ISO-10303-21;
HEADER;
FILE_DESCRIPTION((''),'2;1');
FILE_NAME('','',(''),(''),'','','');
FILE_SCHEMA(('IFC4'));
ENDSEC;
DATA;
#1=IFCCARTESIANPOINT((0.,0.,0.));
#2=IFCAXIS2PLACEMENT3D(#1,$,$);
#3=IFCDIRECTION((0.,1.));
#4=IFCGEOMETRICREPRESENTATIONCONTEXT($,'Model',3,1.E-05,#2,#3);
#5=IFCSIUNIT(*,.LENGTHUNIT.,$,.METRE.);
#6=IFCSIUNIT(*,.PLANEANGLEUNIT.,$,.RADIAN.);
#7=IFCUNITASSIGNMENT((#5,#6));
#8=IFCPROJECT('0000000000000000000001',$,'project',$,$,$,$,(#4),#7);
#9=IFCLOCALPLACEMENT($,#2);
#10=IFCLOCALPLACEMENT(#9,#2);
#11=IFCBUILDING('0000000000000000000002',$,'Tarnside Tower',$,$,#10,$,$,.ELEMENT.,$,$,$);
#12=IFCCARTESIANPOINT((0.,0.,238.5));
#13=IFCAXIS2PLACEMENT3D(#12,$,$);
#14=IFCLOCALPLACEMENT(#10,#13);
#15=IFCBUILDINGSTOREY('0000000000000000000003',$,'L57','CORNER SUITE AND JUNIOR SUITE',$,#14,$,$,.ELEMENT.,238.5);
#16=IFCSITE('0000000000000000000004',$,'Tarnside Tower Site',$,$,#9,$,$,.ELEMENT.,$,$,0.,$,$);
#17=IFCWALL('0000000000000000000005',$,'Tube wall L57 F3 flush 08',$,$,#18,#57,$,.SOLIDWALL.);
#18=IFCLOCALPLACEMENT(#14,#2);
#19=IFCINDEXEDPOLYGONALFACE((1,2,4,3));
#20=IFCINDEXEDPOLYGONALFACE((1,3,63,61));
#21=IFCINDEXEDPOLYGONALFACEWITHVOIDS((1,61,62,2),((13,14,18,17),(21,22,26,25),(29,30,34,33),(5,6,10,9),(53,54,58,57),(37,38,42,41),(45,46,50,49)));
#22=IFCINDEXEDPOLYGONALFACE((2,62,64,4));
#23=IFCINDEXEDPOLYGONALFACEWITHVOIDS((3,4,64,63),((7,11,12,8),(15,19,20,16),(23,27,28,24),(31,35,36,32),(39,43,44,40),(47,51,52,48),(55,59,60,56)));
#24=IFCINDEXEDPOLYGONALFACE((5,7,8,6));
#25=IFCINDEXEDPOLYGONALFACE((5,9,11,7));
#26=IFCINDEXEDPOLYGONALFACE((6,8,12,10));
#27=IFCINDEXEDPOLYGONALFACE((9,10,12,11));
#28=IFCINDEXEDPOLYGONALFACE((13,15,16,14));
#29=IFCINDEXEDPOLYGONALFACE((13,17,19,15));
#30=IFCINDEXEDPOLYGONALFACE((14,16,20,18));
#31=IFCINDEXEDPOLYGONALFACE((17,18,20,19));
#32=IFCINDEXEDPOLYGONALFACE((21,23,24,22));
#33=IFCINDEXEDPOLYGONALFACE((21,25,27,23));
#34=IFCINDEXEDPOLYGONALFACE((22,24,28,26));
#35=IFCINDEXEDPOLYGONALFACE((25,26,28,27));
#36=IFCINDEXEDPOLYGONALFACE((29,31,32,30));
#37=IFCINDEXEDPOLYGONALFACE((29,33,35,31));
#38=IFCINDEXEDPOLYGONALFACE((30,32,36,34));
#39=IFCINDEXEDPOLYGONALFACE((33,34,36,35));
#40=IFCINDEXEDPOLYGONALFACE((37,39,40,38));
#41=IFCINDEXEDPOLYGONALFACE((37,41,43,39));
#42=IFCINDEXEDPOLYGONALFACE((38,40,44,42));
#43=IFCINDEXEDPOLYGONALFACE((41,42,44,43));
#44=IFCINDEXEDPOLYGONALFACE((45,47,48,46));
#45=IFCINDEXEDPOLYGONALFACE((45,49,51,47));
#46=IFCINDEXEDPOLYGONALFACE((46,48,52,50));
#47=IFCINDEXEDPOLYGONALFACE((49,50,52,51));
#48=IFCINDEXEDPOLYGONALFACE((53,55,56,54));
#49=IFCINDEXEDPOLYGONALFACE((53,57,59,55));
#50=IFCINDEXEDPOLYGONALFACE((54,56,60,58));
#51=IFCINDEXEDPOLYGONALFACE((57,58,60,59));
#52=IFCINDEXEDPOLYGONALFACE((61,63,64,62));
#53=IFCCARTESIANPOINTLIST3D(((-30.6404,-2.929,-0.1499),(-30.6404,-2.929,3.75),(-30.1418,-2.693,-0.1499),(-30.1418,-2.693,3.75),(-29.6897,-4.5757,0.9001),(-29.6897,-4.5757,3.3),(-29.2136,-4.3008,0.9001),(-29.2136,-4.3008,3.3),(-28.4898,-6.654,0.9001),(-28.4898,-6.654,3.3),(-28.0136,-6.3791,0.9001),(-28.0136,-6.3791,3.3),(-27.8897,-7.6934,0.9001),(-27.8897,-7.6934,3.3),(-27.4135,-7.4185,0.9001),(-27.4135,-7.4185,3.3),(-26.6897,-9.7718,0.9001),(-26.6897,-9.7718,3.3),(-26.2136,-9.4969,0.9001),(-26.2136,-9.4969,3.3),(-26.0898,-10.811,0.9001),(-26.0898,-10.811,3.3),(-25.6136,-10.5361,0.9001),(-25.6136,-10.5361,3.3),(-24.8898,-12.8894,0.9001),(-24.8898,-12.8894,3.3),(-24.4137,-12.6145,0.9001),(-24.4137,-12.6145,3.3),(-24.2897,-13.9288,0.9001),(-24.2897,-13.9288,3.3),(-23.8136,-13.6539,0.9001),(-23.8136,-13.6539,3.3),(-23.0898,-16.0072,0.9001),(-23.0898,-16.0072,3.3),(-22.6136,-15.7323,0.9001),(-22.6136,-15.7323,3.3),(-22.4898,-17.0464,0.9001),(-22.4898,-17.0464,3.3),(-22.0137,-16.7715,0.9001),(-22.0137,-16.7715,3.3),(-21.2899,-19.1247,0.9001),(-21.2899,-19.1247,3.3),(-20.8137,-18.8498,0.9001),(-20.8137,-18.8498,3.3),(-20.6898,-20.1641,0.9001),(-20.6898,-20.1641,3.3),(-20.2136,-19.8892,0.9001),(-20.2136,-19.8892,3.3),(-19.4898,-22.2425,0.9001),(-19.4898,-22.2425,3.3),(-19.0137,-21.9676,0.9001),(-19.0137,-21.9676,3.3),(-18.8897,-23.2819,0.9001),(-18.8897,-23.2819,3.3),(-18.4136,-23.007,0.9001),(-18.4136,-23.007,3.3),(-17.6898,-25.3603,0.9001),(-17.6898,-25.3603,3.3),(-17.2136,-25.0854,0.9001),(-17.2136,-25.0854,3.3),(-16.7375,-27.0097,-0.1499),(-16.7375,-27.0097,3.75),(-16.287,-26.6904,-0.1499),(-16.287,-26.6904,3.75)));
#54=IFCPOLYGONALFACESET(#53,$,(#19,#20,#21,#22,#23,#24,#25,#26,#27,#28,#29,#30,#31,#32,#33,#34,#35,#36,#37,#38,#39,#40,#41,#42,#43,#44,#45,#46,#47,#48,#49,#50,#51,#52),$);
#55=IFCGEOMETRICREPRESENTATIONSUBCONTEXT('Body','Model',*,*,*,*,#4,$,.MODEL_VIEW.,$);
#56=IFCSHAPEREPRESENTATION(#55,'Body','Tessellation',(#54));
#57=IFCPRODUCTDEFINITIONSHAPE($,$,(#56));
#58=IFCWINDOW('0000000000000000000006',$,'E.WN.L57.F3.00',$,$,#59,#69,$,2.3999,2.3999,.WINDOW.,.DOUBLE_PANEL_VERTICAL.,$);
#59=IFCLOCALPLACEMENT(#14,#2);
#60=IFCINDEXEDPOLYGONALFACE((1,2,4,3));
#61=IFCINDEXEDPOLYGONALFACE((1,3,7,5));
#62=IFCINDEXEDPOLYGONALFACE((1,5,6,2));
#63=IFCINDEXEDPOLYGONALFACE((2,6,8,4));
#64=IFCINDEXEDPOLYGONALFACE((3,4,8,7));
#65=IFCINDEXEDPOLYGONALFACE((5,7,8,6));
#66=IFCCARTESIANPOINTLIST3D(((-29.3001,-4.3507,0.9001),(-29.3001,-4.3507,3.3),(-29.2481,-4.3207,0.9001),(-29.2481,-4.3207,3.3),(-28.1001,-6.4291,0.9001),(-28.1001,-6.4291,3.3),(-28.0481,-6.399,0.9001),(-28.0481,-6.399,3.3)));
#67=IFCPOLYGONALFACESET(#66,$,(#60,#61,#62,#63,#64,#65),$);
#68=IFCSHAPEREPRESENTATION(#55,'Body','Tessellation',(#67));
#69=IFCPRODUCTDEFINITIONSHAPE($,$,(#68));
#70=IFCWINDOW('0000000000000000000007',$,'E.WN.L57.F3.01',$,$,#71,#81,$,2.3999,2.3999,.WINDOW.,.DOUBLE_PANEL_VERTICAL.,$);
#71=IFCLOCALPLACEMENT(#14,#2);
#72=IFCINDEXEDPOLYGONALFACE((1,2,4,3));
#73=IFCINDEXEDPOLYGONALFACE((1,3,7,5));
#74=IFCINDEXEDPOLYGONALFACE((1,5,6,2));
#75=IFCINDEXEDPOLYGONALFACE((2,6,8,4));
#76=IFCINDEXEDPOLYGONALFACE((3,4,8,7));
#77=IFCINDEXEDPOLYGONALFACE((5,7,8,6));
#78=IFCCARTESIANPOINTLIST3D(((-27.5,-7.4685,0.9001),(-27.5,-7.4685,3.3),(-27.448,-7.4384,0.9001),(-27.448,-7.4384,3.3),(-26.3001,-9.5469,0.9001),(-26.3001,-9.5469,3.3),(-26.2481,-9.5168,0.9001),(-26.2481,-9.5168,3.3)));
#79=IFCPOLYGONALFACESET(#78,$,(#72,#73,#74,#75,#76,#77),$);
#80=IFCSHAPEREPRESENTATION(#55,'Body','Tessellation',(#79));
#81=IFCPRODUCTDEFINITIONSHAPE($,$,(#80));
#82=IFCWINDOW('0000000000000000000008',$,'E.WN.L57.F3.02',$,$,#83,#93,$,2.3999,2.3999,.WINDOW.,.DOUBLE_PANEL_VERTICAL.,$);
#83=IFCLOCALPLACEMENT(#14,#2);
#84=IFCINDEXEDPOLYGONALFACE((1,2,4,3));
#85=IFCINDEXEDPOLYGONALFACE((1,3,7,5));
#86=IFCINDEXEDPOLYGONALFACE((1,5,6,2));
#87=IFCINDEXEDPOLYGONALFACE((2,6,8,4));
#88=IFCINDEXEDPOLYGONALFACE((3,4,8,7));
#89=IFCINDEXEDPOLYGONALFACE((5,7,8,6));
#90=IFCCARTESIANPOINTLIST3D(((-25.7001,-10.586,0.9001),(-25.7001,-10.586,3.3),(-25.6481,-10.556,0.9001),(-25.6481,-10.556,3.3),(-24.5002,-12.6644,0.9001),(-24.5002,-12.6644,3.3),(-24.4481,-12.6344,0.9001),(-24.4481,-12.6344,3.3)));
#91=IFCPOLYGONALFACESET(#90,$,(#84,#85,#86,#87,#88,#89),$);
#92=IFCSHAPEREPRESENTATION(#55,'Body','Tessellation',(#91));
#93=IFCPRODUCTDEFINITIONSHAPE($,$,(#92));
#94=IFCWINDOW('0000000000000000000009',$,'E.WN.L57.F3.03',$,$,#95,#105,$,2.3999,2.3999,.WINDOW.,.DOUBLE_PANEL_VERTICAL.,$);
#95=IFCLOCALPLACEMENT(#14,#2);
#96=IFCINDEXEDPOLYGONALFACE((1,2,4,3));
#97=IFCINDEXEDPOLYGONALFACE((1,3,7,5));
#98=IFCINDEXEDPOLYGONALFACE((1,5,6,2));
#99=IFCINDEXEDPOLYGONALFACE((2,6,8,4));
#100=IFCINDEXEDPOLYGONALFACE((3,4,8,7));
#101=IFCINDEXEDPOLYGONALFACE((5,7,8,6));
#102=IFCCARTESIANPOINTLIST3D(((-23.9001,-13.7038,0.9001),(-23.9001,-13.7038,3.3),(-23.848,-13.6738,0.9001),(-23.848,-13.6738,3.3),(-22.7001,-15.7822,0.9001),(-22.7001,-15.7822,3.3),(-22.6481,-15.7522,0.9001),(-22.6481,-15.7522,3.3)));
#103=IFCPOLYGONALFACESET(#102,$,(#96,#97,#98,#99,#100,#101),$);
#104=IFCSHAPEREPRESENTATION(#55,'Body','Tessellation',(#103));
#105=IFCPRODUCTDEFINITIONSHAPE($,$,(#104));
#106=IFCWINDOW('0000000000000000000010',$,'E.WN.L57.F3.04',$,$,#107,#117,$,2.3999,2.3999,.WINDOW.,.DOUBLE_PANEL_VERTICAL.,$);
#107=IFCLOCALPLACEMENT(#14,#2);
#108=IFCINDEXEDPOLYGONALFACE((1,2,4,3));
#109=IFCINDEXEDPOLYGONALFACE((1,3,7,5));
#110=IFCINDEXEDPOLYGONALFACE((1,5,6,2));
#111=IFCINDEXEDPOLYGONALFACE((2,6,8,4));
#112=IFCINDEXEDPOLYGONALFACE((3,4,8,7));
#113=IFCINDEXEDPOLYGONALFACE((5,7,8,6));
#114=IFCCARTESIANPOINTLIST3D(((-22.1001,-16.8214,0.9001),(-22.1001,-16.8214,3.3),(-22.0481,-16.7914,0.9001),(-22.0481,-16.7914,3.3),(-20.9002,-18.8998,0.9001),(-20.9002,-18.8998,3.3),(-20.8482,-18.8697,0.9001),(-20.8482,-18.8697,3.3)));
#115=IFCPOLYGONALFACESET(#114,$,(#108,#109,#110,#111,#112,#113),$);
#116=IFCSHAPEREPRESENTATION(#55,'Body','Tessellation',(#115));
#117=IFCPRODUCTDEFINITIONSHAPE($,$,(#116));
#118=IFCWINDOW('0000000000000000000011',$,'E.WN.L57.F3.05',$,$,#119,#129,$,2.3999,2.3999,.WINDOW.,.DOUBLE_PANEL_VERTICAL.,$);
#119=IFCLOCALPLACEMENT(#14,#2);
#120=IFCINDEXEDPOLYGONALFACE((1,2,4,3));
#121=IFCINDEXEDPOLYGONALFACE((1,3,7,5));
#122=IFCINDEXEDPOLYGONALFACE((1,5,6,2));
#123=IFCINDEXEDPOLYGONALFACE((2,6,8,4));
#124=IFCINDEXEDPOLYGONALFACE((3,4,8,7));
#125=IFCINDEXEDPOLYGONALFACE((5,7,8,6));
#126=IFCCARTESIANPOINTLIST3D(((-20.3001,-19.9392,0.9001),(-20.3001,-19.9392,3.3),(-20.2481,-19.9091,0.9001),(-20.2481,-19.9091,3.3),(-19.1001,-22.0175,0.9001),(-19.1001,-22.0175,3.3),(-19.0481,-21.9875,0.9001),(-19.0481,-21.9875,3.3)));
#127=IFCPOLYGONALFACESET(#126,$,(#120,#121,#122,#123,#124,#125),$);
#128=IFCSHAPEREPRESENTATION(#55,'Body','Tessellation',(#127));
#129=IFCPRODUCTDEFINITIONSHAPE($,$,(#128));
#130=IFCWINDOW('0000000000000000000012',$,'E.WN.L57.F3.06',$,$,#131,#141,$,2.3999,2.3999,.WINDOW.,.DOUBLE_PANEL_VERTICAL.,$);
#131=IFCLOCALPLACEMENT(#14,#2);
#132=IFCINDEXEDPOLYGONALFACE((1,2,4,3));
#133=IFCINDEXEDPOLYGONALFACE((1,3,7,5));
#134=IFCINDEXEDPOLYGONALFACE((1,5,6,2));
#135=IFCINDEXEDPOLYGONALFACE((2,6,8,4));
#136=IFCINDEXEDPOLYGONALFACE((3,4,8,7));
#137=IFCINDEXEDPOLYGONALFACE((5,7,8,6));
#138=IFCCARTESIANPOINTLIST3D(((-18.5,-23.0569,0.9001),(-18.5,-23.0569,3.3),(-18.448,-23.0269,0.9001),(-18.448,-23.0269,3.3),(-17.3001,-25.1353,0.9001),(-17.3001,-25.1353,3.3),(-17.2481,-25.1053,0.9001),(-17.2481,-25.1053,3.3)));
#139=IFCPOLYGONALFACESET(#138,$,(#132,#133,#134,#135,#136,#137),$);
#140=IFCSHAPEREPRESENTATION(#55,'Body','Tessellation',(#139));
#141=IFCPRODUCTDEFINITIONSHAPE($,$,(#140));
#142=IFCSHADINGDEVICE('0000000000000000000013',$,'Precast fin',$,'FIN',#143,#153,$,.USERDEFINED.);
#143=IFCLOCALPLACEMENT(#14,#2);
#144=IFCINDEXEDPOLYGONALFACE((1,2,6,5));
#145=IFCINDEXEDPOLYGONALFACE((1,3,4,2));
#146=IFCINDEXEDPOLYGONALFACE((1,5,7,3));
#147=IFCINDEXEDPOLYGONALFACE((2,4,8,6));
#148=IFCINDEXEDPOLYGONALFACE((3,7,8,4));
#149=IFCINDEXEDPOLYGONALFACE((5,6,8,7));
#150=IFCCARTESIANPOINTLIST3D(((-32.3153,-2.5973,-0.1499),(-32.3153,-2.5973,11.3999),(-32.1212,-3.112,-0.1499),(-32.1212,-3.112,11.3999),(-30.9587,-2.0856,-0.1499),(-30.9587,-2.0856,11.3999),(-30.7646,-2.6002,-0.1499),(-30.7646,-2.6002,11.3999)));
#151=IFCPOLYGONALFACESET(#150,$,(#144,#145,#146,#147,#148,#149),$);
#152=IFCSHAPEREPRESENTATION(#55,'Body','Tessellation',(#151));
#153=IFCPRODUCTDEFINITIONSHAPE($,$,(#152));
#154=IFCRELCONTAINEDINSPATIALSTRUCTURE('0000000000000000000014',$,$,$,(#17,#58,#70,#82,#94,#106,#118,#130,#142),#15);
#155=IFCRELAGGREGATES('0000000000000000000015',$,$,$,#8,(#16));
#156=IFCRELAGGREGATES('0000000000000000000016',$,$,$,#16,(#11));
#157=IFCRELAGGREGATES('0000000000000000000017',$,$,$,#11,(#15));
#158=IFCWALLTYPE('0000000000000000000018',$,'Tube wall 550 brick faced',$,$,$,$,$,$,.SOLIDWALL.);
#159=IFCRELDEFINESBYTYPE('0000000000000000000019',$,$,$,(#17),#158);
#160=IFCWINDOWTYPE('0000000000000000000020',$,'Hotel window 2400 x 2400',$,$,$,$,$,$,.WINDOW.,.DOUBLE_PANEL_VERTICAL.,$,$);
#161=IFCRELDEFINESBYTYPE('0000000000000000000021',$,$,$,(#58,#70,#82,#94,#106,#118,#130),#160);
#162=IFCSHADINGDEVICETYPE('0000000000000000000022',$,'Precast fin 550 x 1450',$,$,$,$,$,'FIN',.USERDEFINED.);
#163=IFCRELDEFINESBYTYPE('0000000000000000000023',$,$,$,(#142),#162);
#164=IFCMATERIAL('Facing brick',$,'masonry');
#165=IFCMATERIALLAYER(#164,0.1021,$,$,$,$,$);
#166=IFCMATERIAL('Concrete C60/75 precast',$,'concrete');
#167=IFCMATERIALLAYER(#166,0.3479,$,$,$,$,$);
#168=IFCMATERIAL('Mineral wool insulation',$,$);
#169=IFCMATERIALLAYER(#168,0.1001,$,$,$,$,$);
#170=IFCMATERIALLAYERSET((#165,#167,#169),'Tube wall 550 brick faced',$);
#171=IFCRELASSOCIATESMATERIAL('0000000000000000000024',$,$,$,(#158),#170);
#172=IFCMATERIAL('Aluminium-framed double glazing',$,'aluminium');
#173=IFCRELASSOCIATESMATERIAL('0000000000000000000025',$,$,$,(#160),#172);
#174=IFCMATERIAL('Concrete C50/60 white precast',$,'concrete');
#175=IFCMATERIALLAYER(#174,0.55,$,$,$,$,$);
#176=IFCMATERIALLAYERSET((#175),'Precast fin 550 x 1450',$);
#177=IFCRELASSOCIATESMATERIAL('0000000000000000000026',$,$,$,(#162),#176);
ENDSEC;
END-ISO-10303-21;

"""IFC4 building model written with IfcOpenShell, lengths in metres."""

from ifc_helpers import new_model, si_unit, direction, frame, frame_2d, origin, place, context, subcontext, project, spatial, polyline, rectangle, outline, extrude, material, layer, layer_set, type_object, element, fill, save


model = new_model("IFC4")

# Units and contexts
model_context = context("Model", 3, precision=1e-05, world=origin(), true_north=direction((0.0, 1.0)))
body_context = subcontext(model_context, "Body", "Model", "MODEL_VIEW")
ifc_project = project(units=[si_unit("LENGTHUNIT", "METRE"), si_unit("PLANEANGLEUNIT", "RADIAN")], contexts=[model_context])

# Site, building, storey
site_placement = place(None, origin())
site = spatial("IfcSite", under=ifc_project, at=site_placement, Name="Tarnside Tower Site", CompositionType="ELEMENT", RefElevation=0.0)
building_placement = place(site_placement, origin())
building = spatial("IfcBuilding", under=site, at=building_placement, Name="Tarnside Tower", CompositionType="ELEMENT")
storey_placement = place(building_placement, frame((0.0, 0.0, 238.5)))
storey = spatial("IfcBuildingStorey", under=building, at=storey_placement, Name="L57", Description="CORNER SUITE AND JUNIOR SUITE", CompositionType="ELEMENT", Elevation=238.5)

# Shared definitions
ifc_material_1 = material(Name="Facing brick", Category="masonry")
ifc_layer_1 = layer(ifc_material_1, 0.1021)
ifc_material_2 = material(Name="Concrete C60/75 precast", Category="concrete")
ifc_layer_2 = layer(ifc_material_2, 0.3479)
ifc_material_3 = material(Name="Mineral wool insulation")
ifc_layer_3 = layer(ifc_material_3, 0.1001)
ifc_layer_set_1 = layer_set([ifc_layer_1, ifc_layer_2, ifc_layer_3], Name="Tube wall 550 brick faced")
wall_type = type_object("IfcWallType", Name="Tube wall 550 brick faced", PredefinedType="SOLIDWALL", material=ifc_layer_set_1)

# Wall, openings, windows
wall_1_placement = place(storey_placement, frame((-30.3911, -2.811, -0.1499), z_axis=(0.0, 0.0, 1.0), x_axis=(0.499999, -0.866026, 0.0)))
wall_1 = element("IfcWall", 1, at=wall_1_placement, inside=storey, type_object=wall_type, Name="Tube wall L57 F3 flush 08", PredefinedType="SOLIDWALL", context=body_context, shape_type="SweptSolid", body=[
    extrude(outline(polyline([(-0.0225, -0.2749), (27.7834, -0.2749), (27.7322, 0.2749), (0.0225, 0.2749), (-0.0225, -0.2749)])), origin(), (0.0, 0.0, 1.0), 3.8999),
])
opening_1_placement = place(wall_1_placement, frame((1.8789, 0.0, 1.05)))
opening_1 = element("IfcOpeningElement", 2, at=opening_1_placement, cuts=wall_1, PredefinedType="OPENING", context=body_context, shape_type="SweptSolid", body=[
    extrude(rectangle(XDim=2.3999, YDim=2.3999, at=frame_2d((1.2, 1.2))), frame((0.0, 0.2852, 0.0), z_axis=(0.0, -1.0, 0.0), x_axis=(1.0, 0.0, 0.0)), (0.0, 0.0, 1.0), 0.5701),
])
opening_2_placement = place(wall_1_placement, frame((5.479, 0.0, 1.05)))
opening_2 = element("IfcOpeningElement", 3, at=opening_2_placement, cuts=wall_1, PredefinedType="OPENING", context=body_context, shape_type="SweptSolid", body=[
    extrude(rectangle(XDim=2.3999, YDim=2.3999, at=frame_2d((1.2, 1.2))), frame((0.0, 0.2852, 0.0), z_axis=(0.0, -1.0, 0.0), x_axis=(1.0, 0.0, 0.0)), (0.0, 0.0, 1.0), 0.5701),
])
opening_3_placement = place(wall_1_placement, frame((9.0789, 0.0, 1.05)))
opening_3 = element("IfcOpeningElement", 4, at=opening_3_placement, cuts=wall_1, PredefinedType="OPENING", context=body_context, shape_type="SweptSolid", body=[
    extrude(rectangle(XDim=2.3999, YDim=2.3999, at=frame_2d((1.2, 1.2))), frame((0.0, 0.2852, 0.0), z_axis=(0.0, -1.0, 0.0), x_axis=(1.0, 0.0, 0.0)), (0.0, 0.0, 1.0), 0.5701),
])
opening_4_placement = place(wall_1_placement, frame((12.679, 0.0, 1.05)))
opening_4 = element("IfcOpeningElement", 5, at=opening_4_placement, cuts=wall_1, PredefinedType="OPENING", context=body_context, shape_type="SweptSolid", body=[
    extrude(rectangle(XDim=2.3999, YDim=2.3999, at=frame_2d((1.2, 1.2))), frame((0.0, 0.2852, 0.0), z_axis=(0.0, -1.0, 0.0), x_axis=(1.0, 0.0, 0.0)), (0.0, 0.0, 1.0), 0.5701),
])
opening_5_placement = place(wall_1_placement, frame((16.2788, 0.0, 1.05)))
opening_5 = element("IfcOpeningElement", 6, at=opening_5_placement, cuts=wall_1, PredefinedType="OPENING", context=body_context, shape_type="SweptSolid", body=[
    extrude(rectangle(XDim=2.3999, YDim=2.3999, at=frame_2d((1.2, 1.2))), frame((0.0, 0.2852, 0.0), z_axis=(0.0, -1.0, 0.0), x_axis=(1.0, 0.0, 0.0)), (0.0, 0.0, 1.0), 0.5701),
])
opening_6_placement = place(wall_1_placement, frame((19.8789, 0.0, 1.05)))
opening_6 = element("IfcOpeningElement", 7, at=opening_6_placement, cuts=wall_1, PredefinedType="OPENING", context=body_context, shape_type="SweptSolid", body=[
    extrude(rectangle(XDim=2.3999, YDim=2.3999, at=frame_2d((1.2, 1.2))), frame((0.0, 0.2852, 0.0), z_axis=(0.0, -1.0, 0.0), x_axis=(1.0, 0.0, 0.0)), (0.0, 0.0, 1.0), 0.5701),
])
opening_7_placement = place(wall_1_placement, frame((23.479, 0.0, 1.05)))
opening_7 = element("IfcOpeningElement", 8, at=opening_7_placement, cuts=wall_1, PredefinedType="OPENING", context=body_context, shape_type="SweptSolid", body=[
    extrude(rectangle(XDim=2.3999, YDim=2.3999, at=frame_2d((1.2, 1.2))), frame((0.0, 0.2852, 0.0), z_axis=(0.0, -1.0, 0.0), x_axis=(1.0, 0.0, 0.0)), (0.0, 0.0, 1.0), 0.5701),
])
ifc_material_4 = material(Name="Aluminium-framed double glazing", Category="aluminium")
window_type = type_object("IfcWindowType", Name="Hotel window 2400 x 2400", PartitioningType="DOUBLE_PANEL_VERTICAL", PredefinedType="WINDOW", material=ifc_material_4)
window_1_placement = place(opening_1_placement, frame((0.0, 0.2051, 0.0)))
window_1 = element("IfcWindow", 9, at=window_1_placement, inside=storey, type_object=window_type, Name="E.WN.L57.F3.00", OverallHeight=2.3999, OverallWidth=2.3999, PartitioningType="DOUBLE_PANEL_VERTICAL", PredefinedType="WINDOW", context=body_context, shape_type="SweptSolid", body=[
    extrude(rectangle(XDim=2.3999, YDim=2.3999, at=frame_2d((1.2, 1.2))), frame((0.0, 0.03, 0.0), z_axis=(0.0, -1.0, 0.0), x_axis=(1.0, 0.0, 0.0)), (0.0, 0.0, 1.0), 0.0601),
])
fill(opening_1, window_1)
window_2_placement = place(opening_2_placement, frame((0.0, 0.2051, 0.0)))
window_2 = element("IfcWindow", 10, at=window_2_placement, inside=storey, type_object=window_type, Name="E.WN.L57.F3.01", OverallHeight=2.3999, OverallWidth=2.3999, PartitioningType="DOUBLE_PANEL_VERTICAL", PredefinedType="WINDOW", context=body_context, shape_type="SweptSolid", body=[
    extrude(rectangle(XDim=2.3999, YDim=2.3999, at=frame_2d((1.2, 1.2))), frame((0.0, 0.03, 0.0), z_axis=(0.0, -1.0, 0.0), x_axis=(1.0, 0.0, 0.0)), (0.0, 0.0, 1.0), 0.0601),
])
fill(opening_2, window_2)
window_3_placement = place(opening_3_placement, frame((0.0, 0.2051, 0.0)))
window_3 = element("IfcWindow", 11, at=window_3_placement, inside=storey, type_object=window_type, Name="E.WN.L57.F3.02", OverallHeight=2.3999, OverallWidth=2.3999, PartitioningType="DOUBLE_PANEL_VERTICAL", PredefinedType="WINDOW", context=body_context, shape_type="SweptSolid", body=[
    extrude(rectangle(XDim=2.3999, YDim=2.3999, at=frame_2d((1.2, 1.2))), frame((0.0, 0.03, 0.0), z_axis=(0.0, -1.0, 0.0), x_axis=(1.0, 0.0, 0.0)), (0.0, 0.0, 1.0), 0.0601),
])
fill(opening_3, window_3)
window_4_placement = place(opening_4_placement, frame((0.0, 0.2051, 0.0)))
window_4 = element("IfcWindow", 12, at=window_4_placement, inside=storey, type_object=window_type, Name="E.WN.L57.F3.03", OverallHeight=2.3999, OverallWidth=2.3999, PartitioningType="DOUBLE_PANEL_VERTICAL", PredefinedType="WINDOW", context=body_context, shape_type="SweptSolid", body=[
    extrude(rectangle(XDim=2.3999, YDim=2.3999, at=frame_2d((1.2, 1.2))), frame((0.0, 0.03, 0.0), z_axis=(0.0, -1.0, 0.0), x_axis=(1.0, 0.0, 0.0)), (0.0, 0.0, 1.0), 0.0601),
])
fill(opening_4, window_4)
window_5_placement = place(opening_5_placement, frame((0.0, 0.2051, 0.0)))
window_5 = element("IfcWindow", 13, at=window_5_placement, inside=storey, type_object=window_type, Name="E.WN.L57.F3.04", OverallHeight=2.3999, OverallWidth=2.3999, PartitioningType="DOUBLE_PANEL_VERTICAL", PredefinedType="WINDOW", context=body_context, shape_type="SweptSolid", body=[
    extrude(rectangle(XDim=2.3999, YDim=2.3999, at=frame_2d((1.2, 1.2))), frame((0.0, 0.03, 0.0), z_axis=(0.0, -1.0, 0.0), x_axis=(1.0, 0.0, 0.0)), (0.0, 0.0, 1.0), 0.0601),
])
fill(opening_5, window_5)
window_6_placement = place(opening_6_placement, frame((0.0, 0.2051, 0.0)))
window_6 = element("IfcWindow", 14, at=window_6_placement, inside=storey, type_object=window_type, Name="E.WN.L57.F3.05", OverallHeight=2.3999, OverallWidth=2.3999, PartitioningType="DOUBLE_PANEL_VERTICAL", PredefinedType="WINDOW", context=body_context, shape_type="SweptSolid", body=[
    extrude(rectangle(XDim=2.3999, YDim=2.3999, at=frame_2d((1.2, 1.2))), frame((0.0, 0.03, 0.0), z_axis=(0.0, -1.0, 0.0), x_axis=(1.0, 0.0, 0.0)), (0.0, 0.0, 1.0), 0.0601),
])
fill(opening_6, window_6)
window_7_placement = place(opening_7_placement, frame((0.0, 0.2051, 0.0)))
window_7 = element("IfcWindow", 15, at=window_7_placement, inside=storey, type_object=window_type, Name="E.WN.L57.F3.06", OverallHeight=2.3999, OverallWidth=2.3999, PartitioningType="DOUBLE_PANEL_VERTICAL", PredefinedType="WINDOW", context=body_context, shape_type="SweptSolid", body=[
    extrude(rectangle(XDim=2.3999, YDim=2.3999, at=frame_2d((1.2, 1.2))), frame((0.0, 0.03, 0.0), z_axis=(0.0, -1.0, 0.0), x_axis=(1.0, 0.0, 0.0)), (0.0, 0.0, 1.0), 0.0601),
])
fill(opening_7, window_7)

# Shading device
ifc_material_5 = material(Name="Concrete C50/60 white precast", Category="concrete")
ifc_layer_4 = layer(ifc_material_5, 0.55)
ifc_layer_set_2 = layer_set([ifc_layer_4], Name="Precast fin 550 x 1450")
shading_device_type_1 = type_object("IfcShadingDeviceType", Name="Precast fin 550 x 1450", ElementType="FIN", PredefinedType="USERDEFINED", material=ifc_layer_set_2)
shading_device_placement = place(storey_placement, frame((-30.8616, -2.343, -0.1499), z_axis=(-0.352931, 0.93565, 0.0), x_axis=(-0.93565, -0.352931, 0.0)))
element("IfcShadingDevice", 16, at=shading_device_placement, inside=storey, type_object=shading_device_type_1, Name="Precast fin", ObjectType="FIN", PredefinedType="USERDEFINED", context=body_context, shape_type="SweptSolid", body=[
    extrude(outline(polyline([(0.0, 0.0), (1.45, 0.0), (1.45, 11.5498), (0.0, 11.5498), (0.0, 0.0)])), frame((0.0, 0.0, -0.2749)), (0.0, 0.0, 1.0), 0.55),
])

save(model, "model.ifc")
